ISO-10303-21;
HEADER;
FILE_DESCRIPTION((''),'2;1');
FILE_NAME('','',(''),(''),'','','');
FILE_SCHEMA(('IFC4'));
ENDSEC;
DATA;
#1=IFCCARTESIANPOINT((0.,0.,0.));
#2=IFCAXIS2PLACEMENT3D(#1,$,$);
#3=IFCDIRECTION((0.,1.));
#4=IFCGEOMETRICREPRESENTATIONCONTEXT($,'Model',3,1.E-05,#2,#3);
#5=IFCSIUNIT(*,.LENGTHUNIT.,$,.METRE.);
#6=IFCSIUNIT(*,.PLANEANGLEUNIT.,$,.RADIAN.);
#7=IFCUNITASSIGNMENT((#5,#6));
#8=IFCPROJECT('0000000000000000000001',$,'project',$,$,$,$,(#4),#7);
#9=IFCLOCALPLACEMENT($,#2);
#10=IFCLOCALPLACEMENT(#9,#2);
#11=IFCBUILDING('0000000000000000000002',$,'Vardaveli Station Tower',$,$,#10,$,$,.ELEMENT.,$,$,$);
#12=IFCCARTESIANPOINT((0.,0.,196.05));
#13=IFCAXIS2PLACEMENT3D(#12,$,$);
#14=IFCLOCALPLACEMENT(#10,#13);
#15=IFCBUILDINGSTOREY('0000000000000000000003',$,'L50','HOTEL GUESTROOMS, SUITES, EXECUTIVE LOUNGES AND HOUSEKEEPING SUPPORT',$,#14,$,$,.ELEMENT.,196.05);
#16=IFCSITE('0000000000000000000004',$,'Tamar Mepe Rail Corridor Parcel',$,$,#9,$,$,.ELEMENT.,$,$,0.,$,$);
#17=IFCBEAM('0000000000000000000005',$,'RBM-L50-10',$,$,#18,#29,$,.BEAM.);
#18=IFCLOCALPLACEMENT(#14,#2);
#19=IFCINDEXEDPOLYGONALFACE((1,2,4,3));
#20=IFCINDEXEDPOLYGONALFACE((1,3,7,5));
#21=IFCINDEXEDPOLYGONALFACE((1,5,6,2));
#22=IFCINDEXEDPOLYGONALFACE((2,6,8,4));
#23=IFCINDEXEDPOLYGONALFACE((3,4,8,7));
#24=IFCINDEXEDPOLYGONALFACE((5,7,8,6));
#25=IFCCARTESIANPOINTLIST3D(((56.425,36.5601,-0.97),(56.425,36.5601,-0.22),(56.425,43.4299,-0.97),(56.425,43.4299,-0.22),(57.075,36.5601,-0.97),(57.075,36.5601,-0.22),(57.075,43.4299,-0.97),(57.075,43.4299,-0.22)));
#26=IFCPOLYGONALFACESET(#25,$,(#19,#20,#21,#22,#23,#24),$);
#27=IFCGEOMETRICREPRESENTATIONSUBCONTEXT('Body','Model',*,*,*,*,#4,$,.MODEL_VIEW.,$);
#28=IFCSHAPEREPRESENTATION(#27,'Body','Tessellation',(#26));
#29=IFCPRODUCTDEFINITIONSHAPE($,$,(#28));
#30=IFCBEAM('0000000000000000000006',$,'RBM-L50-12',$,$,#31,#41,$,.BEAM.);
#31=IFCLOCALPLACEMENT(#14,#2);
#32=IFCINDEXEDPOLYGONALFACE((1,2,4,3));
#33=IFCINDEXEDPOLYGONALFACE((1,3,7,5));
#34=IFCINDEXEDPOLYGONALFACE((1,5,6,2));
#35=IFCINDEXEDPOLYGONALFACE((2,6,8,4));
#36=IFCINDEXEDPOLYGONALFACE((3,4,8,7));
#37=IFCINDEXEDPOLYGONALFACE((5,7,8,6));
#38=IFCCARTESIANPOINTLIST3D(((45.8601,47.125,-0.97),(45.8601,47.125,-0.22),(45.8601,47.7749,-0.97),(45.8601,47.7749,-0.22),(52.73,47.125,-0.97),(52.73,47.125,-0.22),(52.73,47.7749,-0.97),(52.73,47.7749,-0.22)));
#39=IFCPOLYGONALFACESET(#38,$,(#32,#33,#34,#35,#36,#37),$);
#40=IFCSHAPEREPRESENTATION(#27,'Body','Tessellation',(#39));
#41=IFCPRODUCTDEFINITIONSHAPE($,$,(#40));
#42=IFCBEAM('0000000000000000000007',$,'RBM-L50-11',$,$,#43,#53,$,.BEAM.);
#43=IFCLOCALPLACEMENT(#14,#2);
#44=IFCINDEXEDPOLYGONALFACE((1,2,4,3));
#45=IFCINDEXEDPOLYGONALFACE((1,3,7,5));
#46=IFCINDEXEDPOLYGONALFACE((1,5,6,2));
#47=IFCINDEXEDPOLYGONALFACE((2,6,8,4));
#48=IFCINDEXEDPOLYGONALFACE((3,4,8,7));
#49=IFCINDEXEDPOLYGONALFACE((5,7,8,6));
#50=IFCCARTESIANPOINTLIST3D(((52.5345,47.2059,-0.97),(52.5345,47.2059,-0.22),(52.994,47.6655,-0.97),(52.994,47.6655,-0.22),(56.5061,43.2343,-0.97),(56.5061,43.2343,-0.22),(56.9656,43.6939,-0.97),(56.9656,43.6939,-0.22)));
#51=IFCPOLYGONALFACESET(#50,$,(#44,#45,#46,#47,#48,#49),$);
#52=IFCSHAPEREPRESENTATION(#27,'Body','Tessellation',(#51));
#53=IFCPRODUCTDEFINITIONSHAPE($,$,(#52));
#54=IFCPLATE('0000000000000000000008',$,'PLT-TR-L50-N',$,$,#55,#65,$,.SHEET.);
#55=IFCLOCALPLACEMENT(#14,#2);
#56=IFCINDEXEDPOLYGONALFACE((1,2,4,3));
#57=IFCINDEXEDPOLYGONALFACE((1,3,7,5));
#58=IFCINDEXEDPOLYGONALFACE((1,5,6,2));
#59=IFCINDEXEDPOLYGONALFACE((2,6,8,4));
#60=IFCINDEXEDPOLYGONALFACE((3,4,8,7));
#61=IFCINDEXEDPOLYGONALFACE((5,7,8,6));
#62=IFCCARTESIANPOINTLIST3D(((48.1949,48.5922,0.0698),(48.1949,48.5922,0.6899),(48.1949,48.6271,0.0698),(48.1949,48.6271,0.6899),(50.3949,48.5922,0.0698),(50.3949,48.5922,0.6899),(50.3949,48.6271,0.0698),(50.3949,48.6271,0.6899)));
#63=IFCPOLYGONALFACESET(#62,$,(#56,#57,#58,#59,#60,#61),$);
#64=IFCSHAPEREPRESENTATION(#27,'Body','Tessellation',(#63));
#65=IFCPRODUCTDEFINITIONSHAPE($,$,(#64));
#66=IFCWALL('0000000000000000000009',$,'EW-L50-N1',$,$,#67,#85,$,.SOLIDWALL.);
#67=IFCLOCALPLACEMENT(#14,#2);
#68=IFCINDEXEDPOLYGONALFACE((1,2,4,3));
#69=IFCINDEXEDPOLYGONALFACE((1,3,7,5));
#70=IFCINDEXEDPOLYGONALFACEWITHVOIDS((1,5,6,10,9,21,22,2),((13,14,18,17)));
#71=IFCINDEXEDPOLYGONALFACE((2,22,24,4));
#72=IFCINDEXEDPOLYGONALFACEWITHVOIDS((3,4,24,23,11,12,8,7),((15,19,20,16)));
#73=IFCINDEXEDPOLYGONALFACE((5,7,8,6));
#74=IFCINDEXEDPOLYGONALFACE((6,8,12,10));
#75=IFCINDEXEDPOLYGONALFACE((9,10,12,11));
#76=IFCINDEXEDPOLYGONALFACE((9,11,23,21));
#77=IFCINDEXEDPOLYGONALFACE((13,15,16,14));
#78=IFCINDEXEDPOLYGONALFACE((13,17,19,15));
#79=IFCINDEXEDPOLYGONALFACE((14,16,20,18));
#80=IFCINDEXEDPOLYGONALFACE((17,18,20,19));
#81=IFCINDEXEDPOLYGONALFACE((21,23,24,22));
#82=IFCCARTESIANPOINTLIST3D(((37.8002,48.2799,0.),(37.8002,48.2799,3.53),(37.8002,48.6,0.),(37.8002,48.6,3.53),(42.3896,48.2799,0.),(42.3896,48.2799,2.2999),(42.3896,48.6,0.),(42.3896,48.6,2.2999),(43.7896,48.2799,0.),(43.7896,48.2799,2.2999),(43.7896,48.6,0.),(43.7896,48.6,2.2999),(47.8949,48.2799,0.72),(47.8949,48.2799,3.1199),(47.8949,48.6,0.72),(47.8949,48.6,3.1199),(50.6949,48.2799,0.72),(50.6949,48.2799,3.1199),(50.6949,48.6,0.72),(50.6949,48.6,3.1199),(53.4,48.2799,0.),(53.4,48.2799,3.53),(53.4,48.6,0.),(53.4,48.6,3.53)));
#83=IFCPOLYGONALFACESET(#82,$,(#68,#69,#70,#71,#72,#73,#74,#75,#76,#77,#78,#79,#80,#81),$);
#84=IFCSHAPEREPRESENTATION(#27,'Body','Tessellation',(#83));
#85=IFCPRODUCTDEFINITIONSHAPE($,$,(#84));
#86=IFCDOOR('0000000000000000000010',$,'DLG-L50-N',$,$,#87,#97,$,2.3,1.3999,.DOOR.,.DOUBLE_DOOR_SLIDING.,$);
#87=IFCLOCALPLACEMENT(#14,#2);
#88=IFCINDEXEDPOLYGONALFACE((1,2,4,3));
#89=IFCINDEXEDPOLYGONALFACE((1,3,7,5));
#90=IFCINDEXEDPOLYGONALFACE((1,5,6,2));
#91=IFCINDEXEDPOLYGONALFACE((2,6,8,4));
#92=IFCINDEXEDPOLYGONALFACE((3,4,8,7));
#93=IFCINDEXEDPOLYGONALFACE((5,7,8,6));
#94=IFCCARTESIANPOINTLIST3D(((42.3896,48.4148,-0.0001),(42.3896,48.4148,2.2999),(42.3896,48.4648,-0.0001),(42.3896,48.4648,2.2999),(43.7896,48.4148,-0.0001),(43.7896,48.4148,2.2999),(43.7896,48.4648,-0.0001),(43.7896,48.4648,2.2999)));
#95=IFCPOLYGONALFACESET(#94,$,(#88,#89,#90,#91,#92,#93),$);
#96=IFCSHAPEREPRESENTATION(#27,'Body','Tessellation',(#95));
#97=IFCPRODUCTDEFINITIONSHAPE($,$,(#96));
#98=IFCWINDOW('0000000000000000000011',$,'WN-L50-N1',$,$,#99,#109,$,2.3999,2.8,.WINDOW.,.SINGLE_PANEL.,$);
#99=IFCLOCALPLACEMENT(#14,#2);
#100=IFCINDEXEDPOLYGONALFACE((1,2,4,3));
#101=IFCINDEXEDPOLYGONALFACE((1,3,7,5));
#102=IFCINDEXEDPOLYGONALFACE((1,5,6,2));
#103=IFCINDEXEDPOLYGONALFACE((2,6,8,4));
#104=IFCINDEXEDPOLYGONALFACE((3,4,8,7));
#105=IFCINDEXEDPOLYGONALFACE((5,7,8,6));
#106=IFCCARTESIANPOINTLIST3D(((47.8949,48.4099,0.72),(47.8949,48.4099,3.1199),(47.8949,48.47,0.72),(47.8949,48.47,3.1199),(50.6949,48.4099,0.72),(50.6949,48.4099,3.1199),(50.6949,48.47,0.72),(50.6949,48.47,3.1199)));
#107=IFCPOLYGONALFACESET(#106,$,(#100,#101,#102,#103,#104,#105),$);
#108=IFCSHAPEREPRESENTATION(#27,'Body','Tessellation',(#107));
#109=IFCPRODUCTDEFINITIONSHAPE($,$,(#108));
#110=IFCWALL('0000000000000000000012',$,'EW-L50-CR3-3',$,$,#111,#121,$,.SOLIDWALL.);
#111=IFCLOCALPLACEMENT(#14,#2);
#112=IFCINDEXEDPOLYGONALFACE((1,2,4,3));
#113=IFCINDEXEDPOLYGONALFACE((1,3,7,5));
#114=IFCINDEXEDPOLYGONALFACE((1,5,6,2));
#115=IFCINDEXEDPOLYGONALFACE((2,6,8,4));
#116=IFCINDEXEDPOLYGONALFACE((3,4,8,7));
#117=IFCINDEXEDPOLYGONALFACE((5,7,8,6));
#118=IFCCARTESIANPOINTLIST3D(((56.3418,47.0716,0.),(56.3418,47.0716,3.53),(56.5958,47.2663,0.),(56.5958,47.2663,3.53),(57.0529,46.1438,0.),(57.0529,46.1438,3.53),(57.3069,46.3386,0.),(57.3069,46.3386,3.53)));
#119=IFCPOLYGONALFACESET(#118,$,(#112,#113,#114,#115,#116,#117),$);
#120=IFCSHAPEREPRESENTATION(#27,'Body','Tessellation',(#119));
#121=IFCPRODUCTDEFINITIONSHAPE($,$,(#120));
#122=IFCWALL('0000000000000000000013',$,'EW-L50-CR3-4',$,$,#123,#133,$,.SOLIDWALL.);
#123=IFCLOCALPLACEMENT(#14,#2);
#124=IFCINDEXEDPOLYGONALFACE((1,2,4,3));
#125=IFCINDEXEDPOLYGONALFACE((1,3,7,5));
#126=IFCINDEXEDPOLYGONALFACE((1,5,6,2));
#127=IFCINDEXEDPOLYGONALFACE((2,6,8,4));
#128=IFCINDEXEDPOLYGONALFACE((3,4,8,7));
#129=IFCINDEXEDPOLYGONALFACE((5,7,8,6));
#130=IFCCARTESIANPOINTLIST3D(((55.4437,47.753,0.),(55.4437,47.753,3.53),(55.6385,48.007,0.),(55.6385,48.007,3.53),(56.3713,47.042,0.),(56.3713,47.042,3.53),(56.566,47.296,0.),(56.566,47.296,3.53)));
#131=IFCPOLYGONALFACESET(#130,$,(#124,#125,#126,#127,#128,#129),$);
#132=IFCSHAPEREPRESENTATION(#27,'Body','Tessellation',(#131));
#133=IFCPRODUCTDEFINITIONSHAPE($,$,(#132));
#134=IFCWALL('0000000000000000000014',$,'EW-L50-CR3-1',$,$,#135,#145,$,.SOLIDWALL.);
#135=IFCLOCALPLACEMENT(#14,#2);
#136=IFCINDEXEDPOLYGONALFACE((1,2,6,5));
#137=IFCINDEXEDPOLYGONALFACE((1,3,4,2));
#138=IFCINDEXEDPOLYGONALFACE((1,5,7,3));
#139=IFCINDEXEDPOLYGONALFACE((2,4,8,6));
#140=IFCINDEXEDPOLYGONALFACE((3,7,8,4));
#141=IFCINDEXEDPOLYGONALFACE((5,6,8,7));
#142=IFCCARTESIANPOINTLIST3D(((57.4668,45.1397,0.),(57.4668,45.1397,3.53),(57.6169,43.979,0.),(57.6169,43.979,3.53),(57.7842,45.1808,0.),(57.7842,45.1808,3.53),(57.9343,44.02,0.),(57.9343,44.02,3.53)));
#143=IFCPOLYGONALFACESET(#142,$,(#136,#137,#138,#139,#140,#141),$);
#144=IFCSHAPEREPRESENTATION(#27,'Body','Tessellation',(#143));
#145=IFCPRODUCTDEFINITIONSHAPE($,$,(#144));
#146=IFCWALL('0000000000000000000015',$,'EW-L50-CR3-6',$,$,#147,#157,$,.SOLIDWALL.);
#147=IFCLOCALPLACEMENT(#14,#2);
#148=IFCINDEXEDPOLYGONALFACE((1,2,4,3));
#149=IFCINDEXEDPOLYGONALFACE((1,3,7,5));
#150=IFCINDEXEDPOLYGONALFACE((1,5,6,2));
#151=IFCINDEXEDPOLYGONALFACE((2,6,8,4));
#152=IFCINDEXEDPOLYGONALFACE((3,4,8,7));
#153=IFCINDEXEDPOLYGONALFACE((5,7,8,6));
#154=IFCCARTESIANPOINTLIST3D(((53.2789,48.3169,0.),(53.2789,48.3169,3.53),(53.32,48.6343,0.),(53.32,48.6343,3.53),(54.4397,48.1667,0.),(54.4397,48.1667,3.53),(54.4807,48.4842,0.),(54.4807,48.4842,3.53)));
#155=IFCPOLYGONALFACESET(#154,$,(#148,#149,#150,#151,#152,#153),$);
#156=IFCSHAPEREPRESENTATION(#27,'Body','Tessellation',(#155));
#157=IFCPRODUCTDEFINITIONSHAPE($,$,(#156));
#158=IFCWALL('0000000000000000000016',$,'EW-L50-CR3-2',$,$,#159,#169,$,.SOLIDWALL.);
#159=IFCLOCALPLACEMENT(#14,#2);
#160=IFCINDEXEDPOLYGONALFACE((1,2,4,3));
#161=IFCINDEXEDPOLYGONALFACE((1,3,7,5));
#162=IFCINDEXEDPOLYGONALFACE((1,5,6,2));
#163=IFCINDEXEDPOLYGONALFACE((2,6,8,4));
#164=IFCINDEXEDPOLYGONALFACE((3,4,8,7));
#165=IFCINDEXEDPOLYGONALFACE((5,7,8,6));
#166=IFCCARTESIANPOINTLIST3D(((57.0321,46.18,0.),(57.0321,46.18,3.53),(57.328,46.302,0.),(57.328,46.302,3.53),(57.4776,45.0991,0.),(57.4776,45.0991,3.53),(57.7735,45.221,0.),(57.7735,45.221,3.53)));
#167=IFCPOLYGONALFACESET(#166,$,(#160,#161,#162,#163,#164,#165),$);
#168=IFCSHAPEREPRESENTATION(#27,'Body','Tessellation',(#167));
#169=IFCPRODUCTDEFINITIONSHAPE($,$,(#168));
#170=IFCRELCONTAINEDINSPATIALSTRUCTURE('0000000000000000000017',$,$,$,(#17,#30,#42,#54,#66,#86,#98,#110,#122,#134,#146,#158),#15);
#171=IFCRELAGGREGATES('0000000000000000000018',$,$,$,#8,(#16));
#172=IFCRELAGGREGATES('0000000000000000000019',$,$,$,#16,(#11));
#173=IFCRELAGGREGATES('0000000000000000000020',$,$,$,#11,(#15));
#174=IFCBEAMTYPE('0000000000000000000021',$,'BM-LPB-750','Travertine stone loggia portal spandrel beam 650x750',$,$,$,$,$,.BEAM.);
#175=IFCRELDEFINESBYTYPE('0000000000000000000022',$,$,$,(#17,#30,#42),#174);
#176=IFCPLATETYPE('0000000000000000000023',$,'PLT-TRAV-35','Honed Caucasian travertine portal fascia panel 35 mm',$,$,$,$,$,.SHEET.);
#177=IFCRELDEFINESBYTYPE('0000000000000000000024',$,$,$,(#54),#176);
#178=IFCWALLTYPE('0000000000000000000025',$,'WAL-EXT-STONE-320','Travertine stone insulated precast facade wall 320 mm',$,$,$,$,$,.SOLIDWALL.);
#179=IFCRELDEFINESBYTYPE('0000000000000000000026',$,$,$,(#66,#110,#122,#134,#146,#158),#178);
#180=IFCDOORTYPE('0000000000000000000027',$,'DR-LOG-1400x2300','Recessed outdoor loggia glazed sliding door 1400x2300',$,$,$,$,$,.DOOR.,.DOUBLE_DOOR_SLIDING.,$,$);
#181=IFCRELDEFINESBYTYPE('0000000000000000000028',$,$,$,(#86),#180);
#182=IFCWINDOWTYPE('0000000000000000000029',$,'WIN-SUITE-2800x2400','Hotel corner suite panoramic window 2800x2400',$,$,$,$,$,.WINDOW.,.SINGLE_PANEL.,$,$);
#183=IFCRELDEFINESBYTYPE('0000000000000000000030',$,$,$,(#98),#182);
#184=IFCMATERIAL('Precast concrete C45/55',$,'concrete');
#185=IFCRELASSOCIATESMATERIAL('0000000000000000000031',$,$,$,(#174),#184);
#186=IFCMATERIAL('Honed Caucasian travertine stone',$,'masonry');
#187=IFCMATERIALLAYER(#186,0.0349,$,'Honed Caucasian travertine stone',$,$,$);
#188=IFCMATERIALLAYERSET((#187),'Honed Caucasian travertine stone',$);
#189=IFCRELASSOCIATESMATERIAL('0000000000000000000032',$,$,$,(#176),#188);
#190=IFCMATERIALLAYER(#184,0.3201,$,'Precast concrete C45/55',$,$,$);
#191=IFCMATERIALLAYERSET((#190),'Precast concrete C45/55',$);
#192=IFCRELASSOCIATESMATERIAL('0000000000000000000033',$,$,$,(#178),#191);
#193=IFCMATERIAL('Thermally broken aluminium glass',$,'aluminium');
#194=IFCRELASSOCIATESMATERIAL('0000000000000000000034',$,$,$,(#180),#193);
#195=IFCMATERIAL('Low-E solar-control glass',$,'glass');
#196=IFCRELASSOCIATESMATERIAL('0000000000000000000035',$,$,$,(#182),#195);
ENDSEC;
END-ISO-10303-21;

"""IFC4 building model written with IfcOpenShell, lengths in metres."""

from ifc_helpers import new_model, si_unit, direction, frame, frame_2d, origin, origin_2d, place, context, subcontext, project, spatial, rectangle, extrude, source, transform, mapped, material, layer, layer_set, material_profile, profile_set, type_object, element, fill, save


model = new_model("IFC4")

# Units and contexts
model_context = context("Model", 3, precision=1e-05, world=origin(), true_north=direction((0.0, 1.0)))
body_context = subcontext(model_context, "Body", "Model", "MODEL_VIEW")
ifc_project = project(units=[si_unit("LENGTHUNIT", "METRE"), si_unit("PLANEANGLEUNIT", "RADIAN")], contexts=[model_context])

# Site, building, storey
site_placement = place(None, origin())
site = spatial("IfcSite", under=ifc_project, at=site_placement, Name="Tamar Mepe Rail Corridor Parcel", CompositionType="ELEMENT", RefElevation=0.0)
building_placement = place(site_placement, origin())
building = spatial("IfcBuilding", under=site, at=building_placement, Name="Vardaveli Station Tower", CompositionType="ELEMENT")
storey_placement = place(building_placement, frame((0.0, 0.0, 196.05)))
storey = spatial("IfcBuildingStorey", under=building, at=storey_placement, Name="L50", Description="HOTEL GUESTROOMS, SUITES, EXECUTIVE LOUNGES AND HOUSEKEEPING SUPPORT", CompositionType="ELEMENT", Elevation=196.05)

# Beams
ifc_material_1 = material(Name="Precast concrete C45/55", Category="concrete")
ifc_material_profile_1 = material_profile(ifc_material_1, rectangle(XDim=0.6499, YDim=0.75, at=origin_2d()), Name="LPB 650x750")
ifc_profile_set_1 = profile_set([ifc_material_profile_1], Name="Precast concrete C45/55")
beam_type = type_object("IfcBeamType", Name="BM-LPB-750", Description="Travertine stone loggia portal spandrel beam 650x750", PredefinedType="BEAM", material=ifc_profile_set_1)
shared_shape_1 = source(origin(), body_context, "Body", "SweptSolid", [
    extrude(rectangle(XDim=0.6499, YDim=0.75, at=origin_2d()), origin(), (0.0, 0.0, 1.0), 6.8699),
])
for number, where, z_axis, x_axis, name in (
    (1, (56.75, 36.5601, -0.595), (0.0, 1.0, 0.0), (-1.0, 0.0, 0.0), "RBM-L50-10"),
    (2, (52.73, 47.45, -0.595), (-1.0, 0.0, 0.0), (0.0, -1.0, 0.0), "RBM-L50-12"),
):
    element("IfcBeam", number, at=place(storey_placement, frame(where, z_axis=z_axis, x_axis=x_axis)), inside=storey, type_object=beam_type, Name=name, PredefinedType="BEAM", context=body_context, shape_type="MappedRepresentation", body=[
        mapped(shared_shape_1, transform((0.0, 0.0, 0.0), scale=1.0)),
    ])
shared_shape_2 = source(origin(), body_context, "Body", "SweptSolid", [
    extrude(rectangle(XDim=0.6499, YDim=0.75, at=origin_2d()), origin(), (0.0, 0.0, 1.0), 5.6167),
])
beam_1_placement = place(storey_placement, frame((56.7358, 43.4641, -0.595), z_axis=(-0.707107, 0.707107, 0.0), x_axis=(-0.707107, -0.707107, 0.0)))
element("IfcBeam", 3, at=beam_1_placement, inside=storey, type_object=beam_type, Name="RBM-L50-11", PredefinedType="BEAM", context=body_context, shape_type="MappedRepresentation", body=[
    mapped(shared_shape_2, transform((0.0, 0.0, 0.0), scale=1.0)),
])

# Plate
ifc_material_2 = material(Name="Honed Caucasian travertine stone", Category="masonry")
ifc_layer_1 = layer(ifc_material_2, 0.0349, Name="Honed Caucasian travertine stone")
ifc_layer_set_1 = layer_set([ifc_layer_1], Name="Honed Caucasian travertine stone")
plate_type = type_object("IfcPlateType", Name="PLT-TRAV-35", Description="Honed Caucasian travertine portal fascia panel 35 mm", PredefinedType="SHEET", material=ifc_layer_set_1)
shared_shape_3 = source(origin(), body_context, "Body", "SweptSolid", [
    extrude(rectangle(XDim=2.2, YDim=0.0349, at=origin_2d()), origin(), (0.0, 0.0, 1.0), 0.6201),
])
plate_placement = place(storey_placement, frame((49.2949, 48.6096, 0.0698), z_axis=(0.0, 0.0, 1.0), x_axis=(1.0, 0.0, 0.0)))
element("IfcPlate", 4, at=plate_placement, inside=storey, type_object=plate_type, Name="PLT-TR-L50-N", PredefinedType="SHEET", context=body_context, shape_type="MappedRepresentation", body=[
    mapped(shared_shape_3, transform((0.0, 0.0, 0.0), scale=1.0)),
])

# Wall, openings, door, window
ifc_layer_2 = layer(ifc_material_1, 0.3201, Name="Precast concrete C45/55")
ifc_layer_set_2 = layer_set([ifc_layer_2], Name="Precast concrete C45/55")
wall_type_1 = type_object("IfcWallType", Name="WAL-EXT-STONE-320", Description="Travertine stone insulated precast facade wall 320 mm", PredefinedType="SOLIDWALL", material=ifc_layer_set_2)
shared_shape_4 = source(origin(), body_context, "Body", "SweptSolid", [
    extrude(rectangle(XDim=15.5999, YDim=0.3201, at=frame_2d((7.7998, 0.0))), origin(), (0.0, 0.0, 1.0), 3.53),
])
wall_1_placement = place(storey_placement, frame((53.3999, 48.4399, 0.0), z_axis=(0.0, 0.0, 1.0), x_axis=(-1.0, 0.0, 0.0)))
wall_1 = element("IfcWall", 5, at=wall_1_placement, inside=storey, type_object=wall_type_1, Name="EW-L50-N1", PredefinedType="SOLIDWALL", context=body_context, shape_type="MappedRepresentation", body=[
    mapped(shared_shape_4, transform((0.0, 0.0, 0.0), scale=1.0)),
])
shared_shape_5 = source(origin(), body_context, "Body", "SweptSolid", [
    extrude(rectangle(XDim=1.3999, YDim=2.3, at=frame_2d((0.7, 1.1499))), frame((0.0, 0.1699, 0.0), z_axis=(0.0, -1.0, 0.0), x_axis=(1.0, 0.0, 0.0)), (0.0, 0.0, 1.0), 0.3401),
])
opening_1_placement = place(wall_1_placement, frame((9.6104, 0.0, 0.0)))
opening_1 = element("IfcOpeningElement", 6, at=opening_1_placement, cuts=wall_1, PredefinedType="OPENING", context=body_context, shape_type="MappedRepresentation", body=[
    mapped(shared_shape_5, transform((0.0, 0.0, 0.0), scale=1.0)),
])
shared_shape_6 = source(origin(), body_context, "Body", "SweptSolid", [
    extrude(rectangle(XDim=2.8, YDim=2.3999, at=frame_2d((1.3999, 1.2))), frame((0.0, 0.1699, 0.0), z_axis=(0.0, -1.0, 0.0), x_axis=(1.0, 0.0, 0.0)), (0.0, 0.0, 1.0), 0.3401),
])
opening_2_placement = place(wall_1_placement, frame((2.7051, 0.0, 0.72)))
opening_2 = element("IfcOpeningElement", 7, at=opening_2_placement, cuts=wall_1, PredefinedType="OPENING", context=body_context, shape_type="MappedRepresentation", body=[
    mapped(shared_shape_6, transform((0.0, 0.0, 0.0), scale=1.0)),
])
ifc_material_3 = material(Name="Thermally broken aluminium glass", Category="aluminium")
door_type = type_object("IfcDoorType", Name="DR-LOG-1400x2300", Description="Recessed outdoor loggia glazed sliding door 1400x2300", OperationType="DOUBLE_DOOR_SLIDING", PredefinedType="DOOR", material=ifc_material_3)
shared_shape_7 = source(origin(), body_context, "Body", "SweptSolid", [
    extrude(rectangle(XDim=1.3999, YDim=2.3, at=frame_2d((0.7, 1.1499))), frame((0.0, 0.0249, 0.0), z_axis=(0.0, -1.0, 0.0), x_axis=(1.0, 0.0, 0.0)), (0.0, 0.0, 1.0), 0.05),
])
door_placement = place(opening_1_placement, frame((1.3999, 0.0, 0.0), z_axis=(0.0, 0.0, 1.0), x_axis=(-1.0, 0.0, 0.0)))
door = element("IfcDoor", 8, at=door_placement, inside=storey, type_object=door_type, Name="DLG-L50-N", OperationType="DOUBLE_DOOR_SLIDING", OverallHeight=2.3, OverallWidth=1.3999, PredefinedType="DOOR", context=body_context, shape_type="MappedRepresentation", body=[
    mapped(shared_shape_7, transform((0.0, 0.0, 0.0), scale=1.0)),
])
fill(opening_1, door)
ifc_material_4 = material(Name="Low-E solar-control glass", Category="glass")
window_type = type_object("IfcWindowType", Name="WIN-SUITE-2800x2400", Description="Hotel corner suite panoramic window 2800x2400", PartitioningType="SINGLE_PANEL", PredefinedType="WINDOW", material=ifc_material_4)
shared_shape_8 = source(origin(), body_context, "Body", "SweptSolid", [
    extrude(rectangle(XDim=2.8, YDim=2.3999, at=frame_2d((1.3999, 1.2))), frame((0.0, 0.03, 0.0), z_axis=(0.0, -1.0, 0.0), x_axis=(1.0, 0.0, 0.0)), (0.0, 0.0, 1.0), 0.0601),
])
window_placement = place(opening_2_placement, origin())
window = element("IfcWindow", 9, at=window_placement, inside=storey, type_object=window_type, Name="WN-L50-N1", OverallHeight=2.3999, OverallWidth=2.8, PartitioningType="SINGLE_PANEL", PredefinedType="WINDOW", context=body_context, shape_type="MappedRepresentation", body=[
    mapped(shared_shape_8, transform((0.0, 0.0, 0.0), scale=1.0)),
])
fill(opening_2, window)

# Walls
shared_shape_9 = source(origin(), body_context, "Body", "SweptSolid", [
    extrude(rectangle(XDim=1.1689, YDim=0.3201, at=frame_2d((0.5845, 0.0))), origin(), (0.0, 0.0, 1.0), 3.53),
])
wall_2_placement = place(storey_placement, frame((57.1799, 46.2412, 0.0), z_axis=(0.0, 0.0, 1.0), x_axis=(-0.608388, 0.79364, 0.0)))
element("IfcWall", 10, at=wall_2_placement, inside=storey, type_object=wall_type_1, Name="EW-L50-CR3-3", PredefinedType="SOLIDWALL", context=body_context, shape_type="MappedRepresentation", body=[
    mapped(shared_shape_9, transform((0.0, 0.0, 0.0), scale=1.0)),
])
shared_shape_10 = source(origin(), body_context, "Body", "SweptSolid", [
    extrude(rectangle(XDim=1.1687, YDim=0.3201, at=frame_2d((0.5845, 0.0))), origin(), (0.0, 0.0, 1.0), 3.53),
])
wall_3_placement = place(storey_placement, frame((56.4688, 47.1689, 0.0), z_axis=(0.0, 0.0, 1.0), x_axis=(-0.793664, 0.608357, 0.0)))
element("IfcWall", 11, at=wall_3_placement, inside=storey, type_object=wall_type_1, Name="EW-L50-CR3-4", PredefinedType="SOLIDWALL", context=body_context, shape_type="MappedRepresentation", body=[
    mapped(shared_shape_10, transform((0.0, 0.0, 0.0), scale=1.0)),
])
shared_shape_11 = source(origin(), body_context, "Body", "SweptSolid", [
    extrude(rectangle(XDim=1.1704, YDim=0.3201, at=frame_2d((0.5852, 0.0))), origin(), (0.0, 0.0, 1.0), 3.53),
])
for number, where, z_axis, x_axis, name in (
    (12, (57.7756, 43.9995, 0.0), (0.0, 0.0, 1.0), (-0.128296, 0.991736, 0.0), "EW-L50-CR3-1"),
    (13, (54.4602, 48.3254, 0.0), (0.0, 0.0, 1.0), (-0.991736, 0.128296, 0.0), "EW-L50-CR3-6"),
):
    element("IfcWall", number, at=place(storey_placement, frame(where, z_axis=z_axis, x_axis=x_axis)), inside=storey, type_object=wall_type_1, Name=name, PredefinedType="SOLIDWALL", context=body_context, shape_type="MappedRepresentation", body=[
        mapped(shared_shape_11, transform((0.0, 0.0, 0.0), scale=1.0)),
    ])
shared_shape_12 = source(origin(), body_context, "Body", "SweptSolid", [
    extrude(rectangle(XDim=1.1692, YDim=0.3201, at=frame_2d((0.5845, 0.0))), origin(), (0.0, 0.0, 1.0), 3.53),
])
for number, where, z_axis, x_axis, name in (
    (14, (57.6255, 45.1602, 0.0), (0.0, 0.0, 1.0), (-0.381054, 0.924553, 0.0), "EW-L50-CR3-2"),
):
    element("IfcWall", number, at=place(storey_placement, frame(where, z_axis=z_axis, x_axis=x_axis)), inside=storey, type_object=wall_type_1, Name=name, PredefinedType="SOLIDWALL", context=body_context, shape_type="MappedRepresentation", body=[
        mapped(shared_shape_12, transform((0.0, 0.0, 0.0), scale=1.0)),
    ])

save(model, "model.ifc")
